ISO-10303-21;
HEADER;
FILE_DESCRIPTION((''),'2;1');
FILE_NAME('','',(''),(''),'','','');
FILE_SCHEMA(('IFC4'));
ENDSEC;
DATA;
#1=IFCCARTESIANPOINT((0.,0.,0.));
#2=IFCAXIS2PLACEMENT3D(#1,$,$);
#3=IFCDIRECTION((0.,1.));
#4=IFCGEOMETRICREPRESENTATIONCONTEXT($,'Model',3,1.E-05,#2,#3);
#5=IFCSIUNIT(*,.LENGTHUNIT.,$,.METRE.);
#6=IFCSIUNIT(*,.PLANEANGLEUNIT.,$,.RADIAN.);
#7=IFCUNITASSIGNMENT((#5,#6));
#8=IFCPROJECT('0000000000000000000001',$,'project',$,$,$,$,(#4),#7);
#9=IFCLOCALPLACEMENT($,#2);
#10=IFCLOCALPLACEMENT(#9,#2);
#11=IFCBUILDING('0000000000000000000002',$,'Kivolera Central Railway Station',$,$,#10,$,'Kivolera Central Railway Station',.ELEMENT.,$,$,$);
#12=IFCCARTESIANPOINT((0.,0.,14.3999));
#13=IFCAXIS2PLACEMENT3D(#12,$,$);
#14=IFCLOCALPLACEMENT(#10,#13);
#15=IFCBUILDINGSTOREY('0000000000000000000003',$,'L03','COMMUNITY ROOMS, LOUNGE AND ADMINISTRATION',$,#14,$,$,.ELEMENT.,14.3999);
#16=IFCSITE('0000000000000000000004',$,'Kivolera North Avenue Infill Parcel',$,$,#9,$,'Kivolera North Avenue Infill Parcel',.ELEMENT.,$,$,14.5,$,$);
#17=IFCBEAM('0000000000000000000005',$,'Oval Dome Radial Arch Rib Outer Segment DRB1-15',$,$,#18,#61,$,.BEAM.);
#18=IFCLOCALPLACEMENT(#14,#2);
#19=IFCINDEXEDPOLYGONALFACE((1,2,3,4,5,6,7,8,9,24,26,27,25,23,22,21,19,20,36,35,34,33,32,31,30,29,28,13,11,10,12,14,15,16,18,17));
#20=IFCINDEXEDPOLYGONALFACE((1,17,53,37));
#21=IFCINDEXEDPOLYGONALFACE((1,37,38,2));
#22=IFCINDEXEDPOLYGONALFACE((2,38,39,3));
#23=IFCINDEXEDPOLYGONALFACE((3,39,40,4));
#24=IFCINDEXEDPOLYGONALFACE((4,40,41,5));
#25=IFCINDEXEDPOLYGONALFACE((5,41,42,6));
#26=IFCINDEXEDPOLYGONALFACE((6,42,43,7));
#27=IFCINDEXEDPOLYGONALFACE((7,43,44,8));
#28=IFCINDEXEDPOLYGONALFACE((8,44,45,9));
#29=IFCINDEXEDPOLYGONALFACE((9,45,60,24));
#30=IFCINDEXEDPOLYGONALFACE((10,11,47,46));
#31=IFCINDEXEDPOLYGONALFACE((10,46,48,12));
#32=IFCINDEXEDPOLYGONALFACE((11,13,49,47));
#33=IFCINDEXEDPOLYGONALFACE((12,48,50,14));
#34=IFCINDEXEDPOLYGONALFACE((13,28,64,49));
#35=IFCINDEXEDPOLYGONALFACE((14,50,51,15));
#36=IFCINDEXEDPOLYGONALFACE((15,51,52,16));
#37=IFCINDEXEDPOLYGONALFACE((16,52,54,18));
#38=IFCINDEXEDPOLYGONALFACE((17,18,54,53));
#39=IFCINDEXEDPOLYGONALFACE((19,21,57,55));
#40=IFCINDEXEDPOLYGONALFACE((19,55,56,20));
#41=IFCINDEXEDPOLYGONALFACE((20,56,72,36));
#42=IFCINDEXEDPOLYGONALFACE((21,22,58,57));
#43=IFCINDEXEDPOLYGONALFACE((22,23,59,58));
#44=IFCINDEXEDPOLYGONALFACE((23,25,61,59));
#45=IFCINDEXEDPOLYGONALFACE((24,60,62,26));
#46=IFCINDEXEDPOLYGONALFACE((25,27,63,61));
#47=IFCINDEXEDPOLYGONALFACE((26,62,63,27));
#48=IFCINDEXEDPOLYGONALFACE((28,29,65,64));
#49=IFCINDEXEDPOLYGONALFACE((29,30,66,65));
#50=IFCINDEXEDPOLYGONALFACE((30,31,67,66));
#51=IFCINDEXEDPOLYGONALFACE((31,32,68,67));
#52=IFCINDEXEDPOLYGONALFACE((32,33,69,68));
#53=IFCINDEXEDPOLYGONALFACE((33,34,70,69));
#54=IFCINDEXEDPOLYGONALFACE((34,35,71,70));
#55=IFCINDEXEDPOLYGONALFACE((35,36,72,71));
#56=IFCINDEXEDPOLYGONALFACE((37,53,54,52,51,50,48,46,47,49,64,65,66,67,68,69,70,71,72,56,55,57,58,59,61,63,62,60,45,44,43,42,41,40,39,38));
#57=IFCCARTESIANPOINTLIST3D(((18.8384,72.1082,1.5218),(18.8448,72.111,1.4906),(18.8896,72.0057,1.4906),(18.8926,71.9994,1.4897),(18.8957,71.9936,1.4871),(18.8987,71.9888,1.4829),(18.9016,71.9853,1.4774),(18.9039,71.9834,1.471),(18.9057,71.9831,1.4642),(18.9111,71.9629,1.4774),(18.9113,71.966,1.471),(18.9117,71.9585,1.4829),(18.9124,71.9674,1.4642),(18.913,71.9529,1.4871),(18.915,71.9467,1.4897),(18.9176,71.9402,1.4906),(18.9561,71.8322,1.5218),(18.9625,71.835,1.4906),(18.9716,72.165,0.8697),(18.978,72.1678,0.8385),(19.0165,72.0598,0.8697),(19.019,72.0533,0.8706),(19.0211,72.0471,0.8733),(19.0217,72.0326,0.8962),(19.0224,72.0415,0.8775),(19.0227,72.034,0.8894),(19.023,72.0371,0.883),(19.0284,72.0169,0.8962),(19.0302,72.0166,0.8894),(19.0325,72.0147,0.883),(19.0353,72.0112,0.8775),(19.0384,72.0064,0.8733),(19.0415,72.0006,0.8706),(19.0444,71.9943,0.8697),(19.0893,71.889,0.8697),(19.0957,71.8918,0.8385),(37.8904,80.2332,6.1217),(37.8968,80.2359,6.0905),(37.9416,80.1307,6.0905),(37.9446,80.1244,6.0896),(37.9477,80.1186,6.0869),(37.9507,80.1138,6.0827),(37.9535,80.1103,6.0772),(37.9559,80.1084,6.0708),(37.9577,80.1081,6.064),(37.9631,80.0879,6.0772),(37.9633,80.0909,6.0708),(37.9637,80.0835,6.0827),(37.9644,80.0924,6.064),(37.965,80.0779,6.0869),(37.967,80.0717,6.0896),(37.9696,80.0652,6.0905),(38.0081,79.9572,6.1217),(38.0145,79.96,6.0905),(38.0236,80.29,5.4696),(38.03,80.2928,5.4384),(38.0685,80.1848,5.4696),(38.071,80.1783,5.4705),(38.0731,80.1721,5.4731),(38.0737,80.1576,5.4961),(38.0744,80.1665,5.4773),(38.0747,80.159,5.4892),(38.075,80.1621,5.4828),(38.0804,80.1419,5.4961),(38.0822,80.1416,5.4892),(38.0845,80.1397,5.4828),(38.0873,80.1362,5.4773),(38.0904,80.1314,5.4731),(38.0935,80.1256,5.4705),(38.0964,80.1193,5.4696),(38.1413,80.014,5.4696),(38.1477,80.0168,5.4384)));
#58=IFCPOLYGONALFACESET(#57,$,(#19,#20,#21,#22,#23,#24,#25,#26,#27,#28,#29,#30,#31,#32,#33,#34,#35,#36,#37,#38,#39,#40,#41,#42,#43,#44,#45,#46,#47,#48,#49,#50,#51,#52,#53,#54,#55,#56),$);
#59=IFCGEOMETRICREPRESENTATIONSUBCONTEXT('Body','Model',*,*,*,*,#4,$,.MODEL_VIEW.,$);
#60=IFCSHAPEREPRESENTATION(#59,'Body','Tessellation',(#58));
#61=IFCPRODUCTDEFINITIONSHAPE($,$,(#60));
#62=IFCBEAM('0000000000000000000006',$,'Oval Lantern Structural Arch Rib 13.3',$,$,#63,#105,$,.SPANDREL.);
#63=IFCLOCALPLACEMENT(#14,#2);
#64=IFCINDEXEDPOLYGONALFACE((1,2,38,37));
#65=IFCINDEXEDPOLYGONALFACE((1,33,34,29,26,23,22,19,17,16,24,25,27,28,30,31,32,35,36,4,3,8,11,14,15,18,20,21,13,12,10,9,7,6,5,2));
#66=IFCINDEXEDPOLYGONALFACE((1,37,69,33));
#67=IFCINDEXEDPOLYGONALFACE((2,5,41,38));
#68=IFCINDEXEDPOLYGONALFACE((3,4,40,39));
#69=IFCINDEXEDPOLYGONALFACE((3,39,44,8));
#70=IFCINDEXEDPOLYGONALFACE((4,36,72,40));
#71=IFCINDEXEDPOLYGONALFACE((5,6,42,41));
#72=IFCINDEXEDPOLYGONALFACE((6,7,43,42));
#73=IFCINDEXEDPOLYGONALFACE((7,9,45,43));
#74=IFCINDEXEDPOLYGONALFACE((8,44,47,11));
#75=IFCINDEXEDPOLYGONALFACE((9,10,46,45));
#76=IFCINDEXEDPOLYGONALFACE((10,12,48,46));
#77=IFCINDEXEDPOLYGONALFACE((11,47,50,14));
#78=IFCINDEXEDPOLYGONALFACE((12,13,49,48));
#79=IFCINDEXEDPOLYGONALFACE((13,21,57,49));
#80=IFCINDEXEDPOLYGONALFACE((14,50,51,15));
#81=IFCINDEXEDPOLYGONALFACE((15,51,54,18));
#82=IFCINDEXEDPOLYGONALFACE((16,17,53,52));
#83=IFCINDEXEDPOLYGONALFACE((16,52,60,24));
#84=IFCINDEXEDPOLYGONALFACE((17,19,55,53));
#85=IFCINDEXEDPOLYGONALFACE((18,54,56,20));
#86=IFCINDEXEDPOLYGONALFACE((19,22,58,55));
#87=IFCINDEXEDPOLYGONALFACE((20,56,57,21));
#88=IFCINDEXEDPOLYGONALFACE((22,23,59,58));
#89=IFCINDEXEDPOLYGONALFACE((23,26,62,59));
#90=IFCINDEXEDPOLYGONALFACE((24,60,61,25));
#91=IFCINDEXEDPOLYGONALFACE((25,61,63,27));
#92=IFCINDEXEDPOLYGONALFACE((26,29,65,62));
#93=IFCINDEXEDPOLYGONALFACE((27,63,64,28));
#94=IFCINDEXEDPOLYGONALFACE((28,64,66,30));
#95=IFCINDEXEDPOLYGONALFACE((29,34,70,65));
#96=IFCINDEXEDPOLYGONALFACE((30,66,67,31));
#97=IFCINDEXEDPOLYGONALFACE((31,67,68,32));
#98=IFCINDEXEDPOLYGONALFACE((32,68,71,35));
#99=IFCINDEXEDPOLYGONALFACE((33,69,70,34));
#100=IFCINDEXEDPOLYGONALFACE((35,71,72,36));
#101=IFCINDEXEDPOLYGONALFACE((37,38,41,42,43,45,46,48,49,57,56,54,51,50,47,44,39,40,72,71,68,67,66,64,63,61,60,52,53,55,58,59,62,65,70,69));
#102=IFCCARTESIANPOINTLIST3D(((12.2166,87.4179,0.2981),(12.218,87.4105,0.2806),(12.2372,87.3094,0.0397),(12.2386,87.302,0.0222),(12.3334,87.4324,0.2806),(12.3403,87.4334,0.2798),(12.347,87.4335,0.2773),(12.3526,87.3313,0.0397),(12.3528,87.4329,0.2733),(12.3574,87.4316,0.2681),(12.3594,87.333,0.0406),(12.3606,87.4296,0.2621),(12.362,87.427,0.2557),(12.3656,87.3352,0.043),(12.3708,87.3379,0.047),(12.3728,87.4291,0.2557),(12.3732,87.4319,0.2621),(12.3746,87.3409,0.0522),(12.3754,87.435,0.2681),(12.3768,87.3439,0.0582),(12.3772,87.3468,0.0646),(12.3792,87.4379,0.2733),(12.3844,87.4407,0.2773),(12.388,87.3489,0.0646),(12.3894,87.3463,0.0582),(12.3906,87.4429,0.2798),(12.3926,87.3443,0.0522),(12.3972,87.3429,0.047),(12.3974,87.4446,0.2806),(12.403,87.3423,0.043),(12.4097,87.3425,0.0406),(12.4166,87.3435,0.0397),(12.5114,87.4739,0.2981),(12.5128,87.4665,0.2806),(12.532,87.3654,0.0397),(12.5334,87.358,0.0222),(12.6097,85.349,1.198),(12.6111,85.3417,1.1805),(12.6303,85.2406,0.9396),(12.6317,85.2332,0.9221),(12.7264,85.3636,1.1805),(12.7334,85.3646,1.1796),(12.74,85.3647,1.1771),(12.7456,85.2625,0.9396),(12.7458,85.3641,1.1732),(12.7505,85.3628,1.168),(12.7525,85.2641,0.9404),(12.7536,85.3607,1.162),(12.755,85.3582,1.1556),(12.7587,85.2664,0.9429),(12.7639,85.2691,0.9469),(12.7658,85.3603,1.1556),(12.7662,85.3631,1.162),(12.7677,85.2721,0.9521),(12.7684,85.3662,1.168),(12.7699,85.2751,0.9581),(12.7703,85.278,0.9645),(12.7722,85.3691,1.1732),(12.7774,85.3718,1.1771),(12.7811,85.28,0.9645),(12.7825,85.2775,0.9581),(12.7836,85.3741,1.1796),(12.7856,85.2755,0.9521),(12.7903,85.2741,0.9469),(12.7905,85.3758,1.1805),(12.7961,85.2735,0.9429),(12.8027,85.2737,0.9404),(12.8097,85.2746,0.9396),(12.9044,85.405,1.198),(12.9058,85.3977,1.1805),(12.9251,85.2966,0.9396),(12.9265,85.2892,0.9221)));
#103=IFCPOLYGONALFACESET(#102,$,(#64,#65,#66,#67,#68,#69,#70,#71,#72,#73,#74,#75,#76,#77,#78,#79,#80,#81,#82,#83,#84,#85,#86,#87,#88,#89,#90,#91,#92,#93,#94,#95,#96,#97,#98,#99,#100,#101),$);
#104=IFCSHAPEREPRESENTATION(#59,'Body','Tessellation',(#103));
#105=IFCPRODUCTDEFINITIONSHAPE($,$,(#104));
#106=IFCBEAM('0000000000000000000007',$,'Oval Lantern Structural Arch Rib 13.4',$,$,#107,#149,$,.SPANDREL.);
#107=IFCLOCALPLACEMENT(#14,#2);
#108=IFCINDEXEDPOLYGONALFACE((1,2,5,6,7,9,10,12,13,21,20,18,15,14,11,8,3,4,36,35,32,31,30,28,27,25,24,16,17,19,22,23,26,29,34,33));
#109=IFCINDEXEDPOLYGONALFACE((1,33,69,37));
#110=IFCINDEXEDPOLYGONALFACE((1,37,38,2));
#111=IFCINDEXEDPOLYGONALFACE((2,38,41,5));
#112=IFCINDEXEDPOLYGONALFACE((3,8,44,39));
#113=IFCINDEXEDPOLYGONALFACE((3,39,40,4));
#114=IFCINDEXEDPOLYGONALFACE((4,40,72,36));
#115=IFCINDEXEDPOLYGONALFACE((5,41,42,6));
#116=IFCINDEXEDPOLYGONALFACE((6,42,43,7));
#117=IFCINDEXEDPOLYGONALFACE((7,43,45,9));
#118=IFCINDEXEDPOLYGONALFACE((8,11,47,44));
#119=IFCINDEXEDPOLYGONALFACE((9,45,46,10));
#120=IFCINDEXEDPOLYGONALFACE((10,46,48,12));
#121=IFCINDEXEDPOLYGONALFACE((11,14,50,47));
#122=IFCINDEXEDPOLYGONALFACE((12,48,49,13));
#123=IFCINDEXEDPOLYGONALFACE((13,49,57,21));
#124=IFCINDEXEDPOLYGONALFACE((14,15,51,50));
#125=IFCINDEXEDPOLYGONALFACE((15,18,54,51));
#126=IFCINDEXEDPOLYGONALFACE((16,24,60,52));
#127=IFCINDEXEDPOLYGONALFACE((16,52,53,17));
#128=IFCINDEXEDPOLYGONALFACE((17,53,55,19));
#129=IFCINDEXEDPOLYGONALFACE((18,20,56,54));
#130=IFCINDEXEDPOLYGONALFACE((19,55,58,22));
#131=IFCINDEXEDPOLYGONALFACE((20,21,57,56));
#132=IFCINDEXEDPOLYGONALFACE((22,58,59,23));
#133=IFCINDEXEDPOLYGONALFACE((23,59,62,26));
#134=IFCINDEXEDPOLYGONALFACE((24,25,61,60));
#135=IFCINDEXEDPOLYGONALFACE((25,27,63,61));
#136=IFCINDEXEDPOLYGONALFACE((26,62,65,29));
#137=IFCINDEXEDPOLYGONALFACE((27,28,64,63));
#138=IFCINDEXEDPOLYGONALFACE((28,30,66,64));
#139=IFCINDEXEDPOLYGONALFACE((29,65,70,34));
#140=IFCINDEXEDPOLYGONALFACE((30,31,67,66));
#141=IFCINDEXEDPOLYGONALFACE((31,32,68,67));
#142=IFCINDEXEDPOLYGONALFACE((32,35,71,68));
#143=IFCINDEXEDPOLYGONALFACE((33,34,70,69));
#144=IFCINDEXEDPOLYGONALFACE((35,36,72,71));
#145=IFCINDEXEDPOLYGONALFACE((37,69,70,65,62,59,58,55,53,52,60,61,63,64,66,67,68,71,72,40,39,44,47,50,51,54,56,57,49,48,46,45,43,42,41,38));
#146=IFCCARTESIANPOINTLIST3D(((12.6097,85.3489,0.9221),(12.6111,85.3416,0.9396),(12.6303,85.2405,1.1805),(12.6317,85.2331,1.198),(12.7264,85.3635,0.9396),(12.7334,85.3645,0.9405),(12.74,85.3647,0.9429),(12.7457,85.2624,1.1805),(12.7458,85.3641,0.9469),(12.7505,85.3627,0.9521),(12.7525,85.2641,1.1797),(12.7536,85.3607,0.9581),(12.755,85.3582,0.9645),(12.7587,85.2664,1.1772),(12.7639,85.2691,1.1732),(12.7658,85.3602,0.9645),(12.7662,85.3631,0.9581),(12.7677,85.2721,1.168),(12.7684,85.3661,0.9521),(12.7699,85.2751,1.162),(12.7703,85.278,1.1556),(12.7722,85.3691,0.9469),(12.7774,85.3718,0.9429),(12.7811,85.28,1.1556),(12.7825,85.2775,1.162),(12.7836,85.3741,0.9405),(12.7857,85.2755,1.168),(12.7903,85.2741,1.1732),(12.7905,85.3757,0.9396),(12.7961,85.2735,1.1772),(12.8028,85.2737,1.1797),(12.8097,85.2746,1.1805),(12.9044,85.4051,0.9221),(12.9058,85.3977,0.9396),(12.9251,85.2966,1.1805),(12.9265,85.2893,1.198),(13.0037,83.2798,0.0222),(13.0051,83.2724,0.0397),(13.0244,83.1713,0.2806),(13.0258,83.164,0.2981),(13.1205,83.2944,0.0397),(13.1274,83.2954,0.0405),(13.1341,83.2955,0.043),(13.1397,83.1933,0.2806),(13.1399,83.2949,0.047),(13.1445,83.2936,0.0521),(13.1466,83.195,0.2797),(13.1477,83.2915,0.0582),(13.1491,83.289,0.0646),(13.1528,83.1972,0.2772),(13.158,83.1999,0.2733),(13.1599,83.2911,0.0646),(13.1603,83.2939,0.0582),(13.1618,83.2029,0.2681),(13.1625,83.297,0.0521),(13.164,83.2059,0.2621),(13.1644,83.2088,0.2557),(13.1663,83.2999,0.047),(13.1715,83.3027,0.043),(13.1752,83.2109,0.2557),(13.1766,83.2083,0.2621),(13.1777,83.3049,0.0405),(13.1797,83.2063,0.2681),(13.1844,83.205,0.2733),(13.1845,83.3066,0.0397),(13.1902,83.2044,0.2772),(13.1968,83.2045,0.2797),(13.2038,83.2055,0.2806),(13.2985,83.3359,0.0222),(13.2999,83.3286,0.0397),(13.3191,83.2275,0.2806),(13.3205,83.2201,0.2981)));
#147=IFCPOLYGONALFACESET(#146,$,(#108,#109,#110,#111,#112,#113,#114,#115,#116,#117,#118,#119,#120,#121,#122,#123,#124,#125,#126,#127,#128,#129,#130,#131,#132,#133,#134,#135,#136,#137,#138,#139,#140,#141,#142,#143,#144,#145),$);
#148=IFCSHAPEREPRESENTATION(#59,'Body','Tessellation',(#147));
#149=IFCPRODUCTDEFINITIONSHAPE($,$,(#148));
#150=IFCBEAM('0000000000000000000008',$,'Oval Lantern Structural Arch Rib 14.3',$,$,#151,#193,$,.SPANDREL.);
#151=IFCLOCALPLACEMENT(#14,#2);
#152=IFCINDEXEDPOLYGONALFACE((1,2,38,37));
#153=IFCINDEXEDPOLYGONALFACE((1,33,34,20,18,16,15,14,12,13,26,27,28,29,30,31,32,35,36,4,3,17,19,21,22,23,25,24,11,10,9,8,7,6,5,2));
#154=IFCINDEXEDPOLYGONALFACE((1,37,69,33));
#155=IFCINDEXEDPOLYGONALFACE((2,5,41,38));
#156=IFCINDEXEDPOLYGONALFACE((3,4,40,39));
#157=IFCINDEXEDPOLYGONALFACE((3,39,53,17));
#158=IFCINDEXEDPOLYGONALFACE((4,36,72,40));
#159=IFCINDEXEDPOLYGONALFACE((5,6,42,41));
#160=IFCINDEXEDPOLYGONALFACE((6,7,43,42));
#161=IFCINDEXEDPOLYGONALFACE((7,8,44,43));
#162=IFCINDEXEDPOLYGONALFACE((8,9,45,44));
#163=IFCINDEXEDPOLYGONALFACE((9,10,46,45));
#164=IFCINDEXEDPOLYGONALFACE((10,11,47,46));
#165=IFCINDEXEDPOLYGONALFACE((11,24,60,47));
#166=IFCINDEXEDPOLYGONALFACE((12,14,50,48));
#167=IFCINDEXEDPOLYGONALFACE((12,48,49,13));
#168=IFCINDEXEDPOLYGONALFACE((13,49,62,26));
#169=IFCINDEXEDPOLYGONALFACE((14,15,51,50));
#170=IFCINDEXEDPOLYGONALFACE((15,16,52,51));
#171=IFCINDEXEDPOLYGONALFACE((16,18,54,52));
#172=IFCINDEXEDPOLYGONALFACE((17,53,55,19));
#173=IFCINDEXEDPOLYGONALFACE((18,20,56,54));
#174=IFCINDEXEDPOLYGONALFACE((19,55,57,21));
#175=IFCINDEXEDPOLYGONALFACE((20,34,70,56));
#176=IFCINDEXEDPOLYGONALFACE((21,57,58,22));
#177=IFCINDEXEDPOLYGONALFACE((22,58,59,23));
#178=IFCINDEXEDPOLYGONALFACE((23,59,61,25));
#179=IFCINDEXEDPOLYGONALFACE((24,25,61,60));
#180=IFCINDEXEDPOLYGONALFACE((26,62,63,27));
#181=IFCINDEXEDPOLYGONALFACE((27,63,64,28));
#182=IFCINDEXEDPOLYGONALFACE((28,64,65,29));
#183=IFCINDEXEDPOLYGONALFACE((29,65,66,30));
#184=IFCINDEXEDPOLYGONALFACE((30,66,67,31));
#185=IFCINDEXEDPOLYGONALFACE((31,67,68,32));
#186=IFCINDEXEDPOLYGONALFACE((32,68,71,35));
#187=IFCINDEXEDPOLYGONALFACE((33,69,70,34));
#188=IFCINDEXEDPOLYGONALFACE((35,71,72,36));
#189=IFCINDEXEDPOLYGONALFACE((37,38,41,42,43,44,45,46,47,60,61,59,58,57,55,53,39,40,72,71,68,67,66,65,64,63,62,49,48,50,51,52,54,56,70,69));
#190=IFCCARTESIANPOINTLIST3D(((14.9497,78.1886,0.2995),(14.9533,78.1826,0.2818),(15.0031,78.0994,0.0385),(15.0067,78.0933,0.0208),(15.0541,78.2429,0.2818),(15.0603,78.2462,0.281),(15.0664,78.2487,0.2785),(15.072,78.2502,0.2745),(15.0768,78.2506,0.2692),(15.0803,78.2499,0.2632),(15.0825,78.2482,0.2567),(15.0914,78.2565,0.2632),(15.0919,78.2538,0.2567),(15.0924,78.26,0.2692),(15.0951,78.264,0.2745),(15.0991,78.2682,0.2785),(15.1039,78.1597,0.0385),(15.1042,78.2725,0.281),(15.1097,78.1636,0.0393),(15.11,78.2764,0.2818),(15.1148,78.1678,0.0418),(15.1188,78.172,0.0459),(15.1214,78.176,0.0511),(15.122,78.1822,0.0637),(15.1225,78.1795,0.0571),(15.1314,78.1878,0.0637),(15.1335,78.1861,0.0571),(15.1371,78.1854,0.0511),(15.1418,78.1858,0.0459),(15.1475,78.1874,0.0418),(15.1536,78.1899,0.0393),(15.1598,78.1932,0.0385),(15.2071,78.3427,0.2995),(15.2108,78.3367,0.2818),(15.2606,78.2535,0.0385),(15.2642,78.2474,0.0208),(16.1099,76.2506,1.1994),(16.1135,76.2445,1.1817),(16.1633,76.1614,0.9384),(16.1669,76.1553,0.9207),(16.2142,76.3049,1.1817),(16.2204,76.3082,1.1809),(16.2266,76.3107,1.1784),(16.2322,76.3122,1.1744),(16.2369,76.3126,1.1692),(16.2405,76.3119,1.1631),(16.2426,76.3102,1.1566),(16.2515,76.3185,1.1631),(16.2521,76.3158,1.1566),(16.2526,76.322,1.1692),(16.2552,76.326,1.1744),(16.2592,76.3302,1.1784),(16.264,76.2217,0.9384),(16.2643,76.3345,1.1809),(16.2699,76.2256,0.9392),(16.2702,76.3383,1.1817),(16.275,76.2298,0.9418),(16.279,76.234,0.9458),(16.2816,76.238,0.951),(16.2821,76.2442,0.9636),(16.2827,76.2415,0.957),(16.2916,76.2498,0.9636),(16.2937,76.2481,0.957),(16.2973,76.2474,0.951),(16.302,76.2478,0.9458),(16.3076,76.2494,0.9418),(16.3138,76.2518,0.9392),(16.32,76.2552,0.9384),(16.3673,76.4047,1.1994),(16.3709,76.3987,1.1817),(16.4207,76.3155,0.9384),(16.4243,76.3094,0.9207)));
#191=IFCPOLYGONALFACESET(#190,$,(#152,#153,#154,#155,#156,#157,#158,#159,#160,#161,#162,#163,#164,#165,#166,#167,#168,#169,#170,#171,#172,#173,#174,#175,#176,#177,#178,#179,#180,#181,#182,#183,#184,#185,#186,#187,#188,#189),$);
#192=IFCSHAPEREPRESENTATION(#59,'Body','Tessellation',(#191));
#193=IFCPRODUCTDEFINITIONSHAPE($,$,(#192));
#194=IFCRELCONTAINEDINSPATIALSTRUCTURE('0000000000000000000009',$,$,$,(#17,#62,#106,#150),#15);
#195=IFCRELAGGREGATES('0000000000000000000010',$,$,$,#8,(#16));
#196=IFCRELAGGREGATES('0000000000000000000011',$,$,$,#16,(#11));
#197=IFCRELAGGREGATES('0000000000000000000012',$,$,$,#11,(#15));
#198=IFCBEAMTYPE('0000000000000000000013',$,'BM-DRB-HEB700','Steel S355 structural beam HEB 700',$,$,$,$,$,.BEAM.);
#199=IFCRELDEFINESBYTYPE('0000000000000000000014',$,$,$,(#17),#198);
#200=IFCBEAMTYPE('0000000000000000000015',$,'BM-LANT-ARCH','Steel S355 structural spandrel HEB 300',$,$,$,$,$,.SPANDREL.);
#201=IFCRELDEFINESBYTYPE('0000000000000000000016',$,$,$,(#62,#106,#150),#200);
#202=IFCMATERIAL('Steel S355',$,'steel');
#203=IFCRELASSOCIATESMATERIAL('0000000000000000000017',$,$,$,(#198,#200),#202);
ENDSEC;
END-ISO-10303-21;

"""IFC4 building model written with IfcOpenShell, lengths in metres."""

from ifc_helpers import new_model, si_unit, direction, frame, origin, origin_2d, place, context, subcontext, project, spatial, i_section, extrude, material, material_profile, profile_set, type_object, element, save


model = new_model("IFC4")

# Units and contexts
model_context = context("Model", 3, precision=1e-05, world=origin(), true_north=direction((0.0, 1.0)))
body_context = subcontext(model_context, "Body", "Model", "MODEL_VIEW")
ifc_project = project(units=[si_unit("LENGTHUNIT", "METRE"), si_unit("PLANEANGLEUNIT", "RADIAN")], contexts=[model_context])

# Site, building, storey
site_placement = place(None, origin())
site = spatial("IfcSite", under=ifc_project, at=site_placement, Name="Kivolera North Avenue Infill Parcel", LongName="Kivolera North Avenue Infill Parcel", CompositionType="ELEMENT", RefElevation=14.5)
building_placement = place(site_placement, origin())
building = spatial("IfcBuilding", under=site, at=building_placement, Name="Kivolera Central Railway Station", LongName="Kivolera Central Railway Station", CompositionType="ELEMENT")
storey_placement = place(building_placement, frame((0.0, 0.0, 14.3999)))
storey = spatial("IfcBuildingStorey", under=building, at=storey_placement, Name="L03", Description="COMMUNITY ROOMS, LOUNGE AND ADMINISTRATION", CompositionType="ELEMENT", Elevation=14.3999)

# Beams
ifc_material_1 = material(Name="Steel S355", Category="steel")
ifc_material_profile_1 = material_profile(ifc_material_1, i_section(OverallWidth=0.3, OverallDepth=0.7, WebThickness=0.0171, FlangeThickness=0.032, FilletRadius=0.0271, at=origin_2d()), Name="HEB 700")
ifc_profile_set_1 = profile_set([ifc_material_profile_1], Name="Steel S355")
beam_type_1 = type_object("IfcBeamType", Name="BM-DRB-HEB700", Description="Steel S355 structural beam HEB 700", PredefinedType="BEAM", material=ifc_profile_set_1)
beam_1_placement = place(storey_placement, frame((18.967, 72.0, 1.1802), z_axis=(0.897967, 0.382951, 0.216802), x_axis=(-0.392281, 0.919845, 0.0)))
element("IfcBeam", 1, at=beam_1_placement, inside=storey, type_object=beam_type_1, Name="Oval Dome Radial Arch Rib Outer Segment DRB1-15", PredefinedType="BEAM", context=body_context, shape_type="SweptSolid", body=[
    extrude(i_section(OverallWidth=0.3, OverallDepth=0.7, WebThickness=0.0171, FlangeThickness=0.032, FilletRadius=0.0271, at=origin_2d()), origin(), (0.0, 0.0, 1.0), 21.2168),
])
ifc_material_profile_2 = material_profile(ifc_material_1, i_section(OverallWidth=0.3, OverallDepth=0.3, WebThickness=0.011, FlangeThickness=0.019, FilletRadius=0.0271, at=origin_2d()), Name="HEB 300")
ifc_profile_set_2 = profile_set([ifc_material_profile_2], Name="Steel S355")
beam_type_2 = type_object("IfcBeamType", Name="BM-LANT-ARCH", Description="Steel S355 structural spandrel HEB 300", PredefinedType="SPANDREL", material=ifc_profile_set_2)
beam_2_placement = place(storey_placement, frame((12.375, 87.3879, 0.1602), z_axis=(0.171639, -0.903396, 0.392957), x_axis=(0.982426, 0.186654, 0.0)))
element("IfcBeam", 2, at=beam_2_placement, inside=storey, type_object=beam_type_2, Name="Oval Lantern Structural Arch Rib 13.3", PredefinedType="SPANDREL", context=body_context, shape_type="SweptSolid", body=[
    extrude(i_section(OverallWidth=0.3, OverallDepth=0.3, WebThickness=0.011, FlangeThickness=0.019, FilletRadius=0.0271, at=origin_2d()), origin(), (0.0, 0.0, 1.0), 2.29),
])
beam_3_placement = place(storey_placement, frame((12.7681, 85.3191, 1.0601), z_axis=(0.172036, -0.90335, -0.39289), x_axis=(0.982345, 0.18708, 0.0)))
element("IfcBeam", 3, at=beam_3_placement, inside=storey, type_object=beam_type_2, Name="Oval Lantern Structural Arch Rib 13.4", PredefinedType="SPANDREL", context=body_context, shape_type="SweptSolid", body=[
    extrude(i_section(OverallWidth=0.3, OverallDepth=0.3, WebThickness=0.011, FlangeThickness=0.019, FilletRadius=0.0271, at=origin_2d()), origin(), (0.0, 0.0, 1.0), 2.2905),
])
beam_4_placement = place(storey_placement, frame((15.1069, 78.218, 0.1602), z_axis=(0.477161, -0.797075, 0.370121), x_axis=(0.858008, 0.513637, 0.0)))
element("IfcBeam", 4, at=beam_4_placement, inside=storey, type_object=beam_type_2, Name="Oval Lantern Structural Arch Rib 14.3", PredefinedType="SPANDREL", context=body_context, shape_type="SweptSolid", body=[
    extrude(i_section(OverallWidth=0.3, OverallDepth=0.3, WebThickness=0.011, FlangeThickness=0.019, FilletRadius=0.0271, at=origin_2d()), origin(), (0.0, 0.0, 1.0), 2.4314),
])

save(model, "model.ifc")
